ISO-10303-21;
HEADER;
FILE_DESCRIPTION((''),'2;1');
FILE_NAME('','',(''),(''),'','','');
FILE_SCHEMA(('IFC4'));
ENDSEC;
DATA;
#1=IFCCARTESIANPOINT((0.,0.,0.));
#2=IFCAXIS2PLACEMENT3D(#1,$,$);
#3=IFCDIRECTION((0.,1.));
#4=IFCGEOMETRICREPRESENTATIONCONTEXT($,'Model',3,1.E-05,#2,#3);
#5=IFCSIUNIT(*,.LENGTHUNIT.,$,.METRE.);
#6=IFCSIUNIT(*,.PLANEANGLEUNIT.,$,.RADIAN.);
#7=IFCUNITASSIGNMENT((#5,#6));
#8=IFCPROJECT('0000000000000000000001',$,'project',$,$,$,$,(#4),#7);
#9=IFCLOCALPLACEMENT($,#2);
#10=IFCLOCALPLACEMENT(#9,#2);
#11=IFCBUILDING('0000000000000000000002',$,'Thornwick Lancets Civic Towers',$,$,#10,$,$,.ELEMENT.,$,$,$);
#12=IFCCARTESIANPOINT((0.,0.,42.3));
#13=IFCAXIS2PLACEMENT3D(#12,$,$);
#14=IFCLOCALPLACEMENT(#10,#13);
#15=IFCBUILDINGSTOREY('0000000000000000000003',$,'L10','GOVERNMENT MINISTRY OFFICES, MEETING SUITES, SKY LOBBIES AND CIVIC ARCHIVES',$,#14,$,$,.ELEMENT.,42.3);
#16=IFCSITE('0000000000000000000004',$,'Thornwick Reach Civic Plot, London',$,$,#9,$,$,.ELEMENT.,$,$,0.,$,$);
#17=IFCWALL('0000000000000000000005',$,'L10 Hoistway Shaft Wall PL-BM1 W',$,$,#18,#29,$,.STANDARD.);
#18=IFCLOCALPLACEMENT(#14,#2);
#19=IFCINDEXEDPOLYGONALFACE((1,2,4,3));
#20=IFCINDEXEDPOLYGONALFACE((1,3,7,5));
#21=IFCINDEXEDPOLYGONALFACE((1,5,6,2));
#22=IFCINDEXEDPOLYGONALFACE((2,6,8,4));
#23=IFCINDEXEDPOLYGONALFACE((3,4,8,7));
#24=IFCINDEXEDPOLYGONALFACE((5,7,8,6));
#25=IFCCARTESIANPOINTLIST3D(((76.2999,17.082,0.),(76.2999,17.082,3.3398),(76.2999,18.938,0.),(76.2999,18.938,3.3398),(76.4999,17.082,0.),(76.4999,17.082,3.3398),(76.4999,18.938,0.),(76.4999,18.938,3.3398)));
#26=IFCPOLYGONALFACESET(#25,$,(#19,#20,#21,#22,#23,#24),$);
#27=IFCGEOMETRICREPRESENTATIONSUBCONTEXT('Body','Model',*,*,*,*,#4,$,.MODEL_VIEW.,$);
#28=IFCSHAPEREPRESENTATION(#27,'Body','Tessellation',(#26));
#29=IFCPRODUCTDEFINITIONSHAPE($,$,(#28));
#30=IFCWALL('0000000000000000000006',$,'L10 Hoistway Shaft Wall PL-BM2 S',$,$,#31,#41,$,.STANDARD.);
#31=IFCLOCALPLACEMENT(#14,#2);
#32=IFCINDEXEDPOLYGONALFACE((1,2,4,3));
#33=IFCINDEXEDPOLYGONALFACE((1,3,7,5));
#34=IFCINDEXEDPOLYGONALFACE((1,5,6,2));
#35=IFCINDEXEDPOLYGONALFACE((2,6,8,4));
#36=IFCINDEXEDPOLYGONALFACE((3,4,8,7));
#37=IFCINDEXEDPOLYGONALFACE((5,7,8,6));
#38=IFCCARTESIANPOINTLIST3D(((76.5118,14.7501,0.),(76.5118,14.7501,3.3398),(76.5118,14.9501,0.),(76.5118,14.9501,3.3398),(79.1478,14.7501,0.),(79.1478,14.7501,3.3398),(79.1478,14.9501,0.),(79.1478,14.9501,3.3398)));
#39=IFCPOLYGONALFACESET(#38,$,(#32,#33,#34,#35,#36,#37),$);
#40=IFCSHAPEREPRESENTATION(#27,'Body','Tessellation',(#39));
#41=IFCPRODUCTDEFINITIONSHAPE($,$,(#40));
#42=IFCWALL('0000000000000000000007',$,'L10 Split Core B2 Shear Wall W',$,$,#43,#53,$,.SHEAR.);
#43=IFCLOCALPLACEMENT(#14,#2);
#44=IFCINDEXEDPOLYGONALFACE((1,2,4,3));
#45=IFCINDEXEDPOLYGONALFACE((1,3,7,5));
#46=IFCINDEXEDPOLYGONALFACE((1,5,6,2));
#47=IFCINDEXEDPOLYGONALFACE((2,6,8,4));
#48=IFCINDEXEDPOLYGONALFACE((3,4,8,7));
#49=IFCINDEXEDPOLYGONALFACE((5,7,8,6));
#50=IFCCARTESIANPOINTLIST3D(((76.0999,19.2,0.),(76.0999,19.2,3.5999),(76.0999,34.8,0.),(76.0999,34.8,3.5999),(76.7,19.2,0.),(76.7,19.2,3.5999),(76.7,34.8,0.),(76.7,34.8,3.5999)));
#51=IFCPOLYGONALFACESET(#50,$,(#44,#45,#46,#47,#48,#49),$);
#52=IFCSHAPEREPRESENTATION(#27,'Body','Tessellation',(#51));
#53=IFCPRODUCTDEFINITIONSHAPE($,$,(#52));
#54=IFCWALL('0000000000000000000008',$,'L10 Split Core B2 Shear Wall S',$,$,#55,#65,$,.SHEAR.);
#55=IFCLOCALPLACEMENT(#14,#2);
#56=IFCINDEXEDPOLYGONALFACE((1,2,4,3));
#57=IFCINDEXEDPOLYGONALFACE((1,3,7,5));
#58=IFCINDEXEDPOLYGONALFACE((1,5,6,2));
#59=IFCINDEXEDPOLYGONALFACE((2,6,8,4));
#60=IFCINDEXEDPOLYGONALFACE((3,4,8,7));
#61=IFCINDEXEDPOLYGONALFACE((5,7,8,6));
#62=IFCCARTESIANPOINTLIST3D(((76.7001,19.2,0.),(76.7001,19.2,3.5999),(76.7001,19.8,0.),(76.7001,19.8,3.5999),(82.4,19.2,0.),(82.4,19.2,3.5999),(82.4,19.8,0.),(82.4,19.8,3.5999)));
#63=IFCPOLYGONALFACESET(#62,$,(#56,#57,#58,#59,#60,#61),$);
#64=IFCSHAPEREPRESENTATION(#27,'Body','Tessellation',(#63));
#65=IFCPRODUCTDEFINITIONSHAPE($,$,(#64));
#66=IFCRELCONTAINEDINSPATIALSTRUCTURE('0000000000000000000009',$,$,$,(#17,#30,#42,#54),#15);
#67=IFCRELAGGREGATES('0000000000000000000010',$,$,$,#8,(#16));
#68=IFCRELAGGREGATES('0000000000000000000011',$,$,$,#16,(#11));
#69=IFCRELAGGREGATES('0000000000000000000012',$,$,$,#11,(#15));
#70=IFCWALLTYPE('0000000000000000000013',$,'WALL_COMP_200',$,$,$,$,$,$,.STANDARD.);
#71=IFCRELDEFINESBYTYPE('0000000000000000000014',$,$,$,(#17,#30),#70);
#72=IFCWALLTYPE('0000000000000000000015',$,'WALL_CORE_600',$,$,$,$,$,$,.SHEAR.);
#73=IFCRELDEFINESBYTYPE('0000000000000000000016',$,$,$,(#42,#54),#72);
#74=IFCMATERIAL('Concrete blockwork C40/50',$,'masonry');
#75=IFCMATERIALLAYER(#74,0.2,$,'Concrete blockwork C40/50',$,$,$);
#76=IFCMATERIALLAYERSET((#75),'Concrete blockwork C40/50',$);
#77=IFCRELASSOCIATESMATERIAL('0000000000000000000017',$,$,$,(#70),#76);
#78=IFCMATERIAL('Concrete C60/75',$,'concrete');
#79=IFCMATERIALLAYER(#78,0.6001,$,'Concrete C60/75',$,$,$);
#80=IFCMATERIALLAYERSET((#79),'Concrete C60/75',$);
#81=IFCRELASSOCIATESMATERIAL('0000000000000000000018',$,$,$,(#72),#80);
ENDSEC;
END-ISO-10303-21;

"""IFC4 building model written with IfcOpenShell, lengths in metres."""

from ifc_helpers import new_model, si_unit, direction, frame, frame_2d, origin, place, context, subcontext, project, spatial, rectangle, extrude, material, layer, layer_set, type_object, element, save


model = new_model("IFC4")

# Units and contexts
model_context = context("Model", 3, precision=1e-05, world=origin(), true_north=direction((0.0, 1.0)))
body_context = subcontext(model_context, "Body", "Model", "MODEL_VIEW")
ifc_project = project(units=[si_unit("LENGTHUNIT", "METRE"), si_unit("PLANEANGLEUNIT", "RADIAN")], contexts=[model_context])

# Site, building, storey
site_placement = place(None, origin())
site = spatial("IfcSite", under=ifc_project, at=site_placement, Name="Thornwick Reach Civic Plot, London", CompositionType="ELEMENT", RefElevation=0.0)
building_placement = place(site_placement, origin())
building = spatial("IfcBuilding", under=site, at=building_placement, Name="Thornwick Lancets Civic Towers", CompositionType="ELEMENT")
storey_placement = place(building_placement, frame((0.0, 0.0, 42.3)))
storey = spatial("IfcBuildingStorey", under=building, at=storey_placement, Name="L10", Description="GOVERNMENT MINISTRY OFFICES, MEETING SUITES, SKY LOBBIES AND CIVIC ARCHIVES", CompositionType="ELEMENT", Elevation=42.3)

# Shared definitions
ifc_material_1 = material(Name="Concrete C60/75", Category="concrete")

# Walls
ifc_material_2 = material(Name="Concrete blockwork C40/50", Category="masonry")
ifc_layer_1 = layer(ifc_material_2, 0.2, Name="Concrete blockwork C40/50")
ifc_layer_set_1 = layer_set([ifc_layer_1], Name="Concrete blockwork C40/50")
wall_type_1 = type_object("IfcWallType", Name="WALL_COMP_200", PredefinedType="STANDARD", material=ifc_layer_set_1)
wall_1_placement = place(storey_placement, frame((76.3999, 17.082, 0.0), z_axis=(0.0, 0.0, 1.0), x_axis=(0.0, 1.0, 0.0)))
element("IfcWall", 1, at=wall_1_placement, inside=storey, type_object=wall_type_1, Name="L10 Hoistway Shaft Wall PL-BM1 W", PredefinedType="STANDARD", context=body_context, shape_type="SweptSolid", body=[
    extrude(rectangle(XDim=1.856, YDim=0.2, at=frame_2d((0.928, 0.0))), origin(), (0.0, 0.0, 1.0), 3.3398),
])
wall_2_placement = place(storey_placement, frame((76.512, 14.8501, 0.0), z_axis=(0.0, 0.0, 1.0), x_axis=(1.0, 0.0, 0.0)))
element("IfcWall", 2, at=wall_2_placement, inside=storey, type_object=wall_type_1, Name="L10 Hoistway Shaft Wall PL-BM2 S", PredefinedType="STANDARD", context=body_context, shape_type="SweptSolid", body=[
    extrude(rectangle(XDim=2.636, YDim=0.2, at=frame_2d((1.3179, 0.0))), origin(), (0.0, 0.0, 1.0), 3.3398),
])
ifc_layer_2 = layer(ifc_material_1, 0.6001, Name="Concrete C60/75")
ifc_layer_set_2 = layer_set([ifc_layer_2], Name="Concrete C60/75")
wall_type_2 = type_object("IfcWallType", Name="WALL_CORE_600", PredefinedType="SHEAR", material=ifc_layer_set_2)
wall_3_placement = place(storey_placement, frame((76.3999, 19.2, 0.0), z_axis=(0.0, 0.0, 1.0), x_axis=(0.0, 1.0, 0.0)))
element("IfcWall", 3, at=wall_3_placement, inside=storey, type_object=wall_type_2, Name="L10 Split Core B2 Shear Wall W", PredefinedType="SHEAR", context=body_context, shape_type="SweptSolid", body=[
    extrude(rectangle(XDim=15.6001, YDim=0.6001, at=frame_2d((7.8, 0.0))), origin(), (0.0, 0.0, 1.0), 3.5999),
])
wall_4_placement = place(storey_placement, frame((76.7, 19.5, 0.0), z_axis=(0.0, 0.0, 1.0), x_axis=(1.0, 0.0, 0.0)))
element("IfcWall", 4, at=wall_4_placement, inside=storey, type_object=wall_type_2, Name="L10 Split Core B2 Shear Wall S", PredefinedType="SHEAR", context=body_context, shape_type="SweptSolid", body=[
    extrude(rectangle(XDim=5.7, YDim=0.6001, at=frame_2d((2.8501, 0.0))), origin(), (0.0, 0.0, 1.0), 3.5999),
])

save(model, "model.ifc")
